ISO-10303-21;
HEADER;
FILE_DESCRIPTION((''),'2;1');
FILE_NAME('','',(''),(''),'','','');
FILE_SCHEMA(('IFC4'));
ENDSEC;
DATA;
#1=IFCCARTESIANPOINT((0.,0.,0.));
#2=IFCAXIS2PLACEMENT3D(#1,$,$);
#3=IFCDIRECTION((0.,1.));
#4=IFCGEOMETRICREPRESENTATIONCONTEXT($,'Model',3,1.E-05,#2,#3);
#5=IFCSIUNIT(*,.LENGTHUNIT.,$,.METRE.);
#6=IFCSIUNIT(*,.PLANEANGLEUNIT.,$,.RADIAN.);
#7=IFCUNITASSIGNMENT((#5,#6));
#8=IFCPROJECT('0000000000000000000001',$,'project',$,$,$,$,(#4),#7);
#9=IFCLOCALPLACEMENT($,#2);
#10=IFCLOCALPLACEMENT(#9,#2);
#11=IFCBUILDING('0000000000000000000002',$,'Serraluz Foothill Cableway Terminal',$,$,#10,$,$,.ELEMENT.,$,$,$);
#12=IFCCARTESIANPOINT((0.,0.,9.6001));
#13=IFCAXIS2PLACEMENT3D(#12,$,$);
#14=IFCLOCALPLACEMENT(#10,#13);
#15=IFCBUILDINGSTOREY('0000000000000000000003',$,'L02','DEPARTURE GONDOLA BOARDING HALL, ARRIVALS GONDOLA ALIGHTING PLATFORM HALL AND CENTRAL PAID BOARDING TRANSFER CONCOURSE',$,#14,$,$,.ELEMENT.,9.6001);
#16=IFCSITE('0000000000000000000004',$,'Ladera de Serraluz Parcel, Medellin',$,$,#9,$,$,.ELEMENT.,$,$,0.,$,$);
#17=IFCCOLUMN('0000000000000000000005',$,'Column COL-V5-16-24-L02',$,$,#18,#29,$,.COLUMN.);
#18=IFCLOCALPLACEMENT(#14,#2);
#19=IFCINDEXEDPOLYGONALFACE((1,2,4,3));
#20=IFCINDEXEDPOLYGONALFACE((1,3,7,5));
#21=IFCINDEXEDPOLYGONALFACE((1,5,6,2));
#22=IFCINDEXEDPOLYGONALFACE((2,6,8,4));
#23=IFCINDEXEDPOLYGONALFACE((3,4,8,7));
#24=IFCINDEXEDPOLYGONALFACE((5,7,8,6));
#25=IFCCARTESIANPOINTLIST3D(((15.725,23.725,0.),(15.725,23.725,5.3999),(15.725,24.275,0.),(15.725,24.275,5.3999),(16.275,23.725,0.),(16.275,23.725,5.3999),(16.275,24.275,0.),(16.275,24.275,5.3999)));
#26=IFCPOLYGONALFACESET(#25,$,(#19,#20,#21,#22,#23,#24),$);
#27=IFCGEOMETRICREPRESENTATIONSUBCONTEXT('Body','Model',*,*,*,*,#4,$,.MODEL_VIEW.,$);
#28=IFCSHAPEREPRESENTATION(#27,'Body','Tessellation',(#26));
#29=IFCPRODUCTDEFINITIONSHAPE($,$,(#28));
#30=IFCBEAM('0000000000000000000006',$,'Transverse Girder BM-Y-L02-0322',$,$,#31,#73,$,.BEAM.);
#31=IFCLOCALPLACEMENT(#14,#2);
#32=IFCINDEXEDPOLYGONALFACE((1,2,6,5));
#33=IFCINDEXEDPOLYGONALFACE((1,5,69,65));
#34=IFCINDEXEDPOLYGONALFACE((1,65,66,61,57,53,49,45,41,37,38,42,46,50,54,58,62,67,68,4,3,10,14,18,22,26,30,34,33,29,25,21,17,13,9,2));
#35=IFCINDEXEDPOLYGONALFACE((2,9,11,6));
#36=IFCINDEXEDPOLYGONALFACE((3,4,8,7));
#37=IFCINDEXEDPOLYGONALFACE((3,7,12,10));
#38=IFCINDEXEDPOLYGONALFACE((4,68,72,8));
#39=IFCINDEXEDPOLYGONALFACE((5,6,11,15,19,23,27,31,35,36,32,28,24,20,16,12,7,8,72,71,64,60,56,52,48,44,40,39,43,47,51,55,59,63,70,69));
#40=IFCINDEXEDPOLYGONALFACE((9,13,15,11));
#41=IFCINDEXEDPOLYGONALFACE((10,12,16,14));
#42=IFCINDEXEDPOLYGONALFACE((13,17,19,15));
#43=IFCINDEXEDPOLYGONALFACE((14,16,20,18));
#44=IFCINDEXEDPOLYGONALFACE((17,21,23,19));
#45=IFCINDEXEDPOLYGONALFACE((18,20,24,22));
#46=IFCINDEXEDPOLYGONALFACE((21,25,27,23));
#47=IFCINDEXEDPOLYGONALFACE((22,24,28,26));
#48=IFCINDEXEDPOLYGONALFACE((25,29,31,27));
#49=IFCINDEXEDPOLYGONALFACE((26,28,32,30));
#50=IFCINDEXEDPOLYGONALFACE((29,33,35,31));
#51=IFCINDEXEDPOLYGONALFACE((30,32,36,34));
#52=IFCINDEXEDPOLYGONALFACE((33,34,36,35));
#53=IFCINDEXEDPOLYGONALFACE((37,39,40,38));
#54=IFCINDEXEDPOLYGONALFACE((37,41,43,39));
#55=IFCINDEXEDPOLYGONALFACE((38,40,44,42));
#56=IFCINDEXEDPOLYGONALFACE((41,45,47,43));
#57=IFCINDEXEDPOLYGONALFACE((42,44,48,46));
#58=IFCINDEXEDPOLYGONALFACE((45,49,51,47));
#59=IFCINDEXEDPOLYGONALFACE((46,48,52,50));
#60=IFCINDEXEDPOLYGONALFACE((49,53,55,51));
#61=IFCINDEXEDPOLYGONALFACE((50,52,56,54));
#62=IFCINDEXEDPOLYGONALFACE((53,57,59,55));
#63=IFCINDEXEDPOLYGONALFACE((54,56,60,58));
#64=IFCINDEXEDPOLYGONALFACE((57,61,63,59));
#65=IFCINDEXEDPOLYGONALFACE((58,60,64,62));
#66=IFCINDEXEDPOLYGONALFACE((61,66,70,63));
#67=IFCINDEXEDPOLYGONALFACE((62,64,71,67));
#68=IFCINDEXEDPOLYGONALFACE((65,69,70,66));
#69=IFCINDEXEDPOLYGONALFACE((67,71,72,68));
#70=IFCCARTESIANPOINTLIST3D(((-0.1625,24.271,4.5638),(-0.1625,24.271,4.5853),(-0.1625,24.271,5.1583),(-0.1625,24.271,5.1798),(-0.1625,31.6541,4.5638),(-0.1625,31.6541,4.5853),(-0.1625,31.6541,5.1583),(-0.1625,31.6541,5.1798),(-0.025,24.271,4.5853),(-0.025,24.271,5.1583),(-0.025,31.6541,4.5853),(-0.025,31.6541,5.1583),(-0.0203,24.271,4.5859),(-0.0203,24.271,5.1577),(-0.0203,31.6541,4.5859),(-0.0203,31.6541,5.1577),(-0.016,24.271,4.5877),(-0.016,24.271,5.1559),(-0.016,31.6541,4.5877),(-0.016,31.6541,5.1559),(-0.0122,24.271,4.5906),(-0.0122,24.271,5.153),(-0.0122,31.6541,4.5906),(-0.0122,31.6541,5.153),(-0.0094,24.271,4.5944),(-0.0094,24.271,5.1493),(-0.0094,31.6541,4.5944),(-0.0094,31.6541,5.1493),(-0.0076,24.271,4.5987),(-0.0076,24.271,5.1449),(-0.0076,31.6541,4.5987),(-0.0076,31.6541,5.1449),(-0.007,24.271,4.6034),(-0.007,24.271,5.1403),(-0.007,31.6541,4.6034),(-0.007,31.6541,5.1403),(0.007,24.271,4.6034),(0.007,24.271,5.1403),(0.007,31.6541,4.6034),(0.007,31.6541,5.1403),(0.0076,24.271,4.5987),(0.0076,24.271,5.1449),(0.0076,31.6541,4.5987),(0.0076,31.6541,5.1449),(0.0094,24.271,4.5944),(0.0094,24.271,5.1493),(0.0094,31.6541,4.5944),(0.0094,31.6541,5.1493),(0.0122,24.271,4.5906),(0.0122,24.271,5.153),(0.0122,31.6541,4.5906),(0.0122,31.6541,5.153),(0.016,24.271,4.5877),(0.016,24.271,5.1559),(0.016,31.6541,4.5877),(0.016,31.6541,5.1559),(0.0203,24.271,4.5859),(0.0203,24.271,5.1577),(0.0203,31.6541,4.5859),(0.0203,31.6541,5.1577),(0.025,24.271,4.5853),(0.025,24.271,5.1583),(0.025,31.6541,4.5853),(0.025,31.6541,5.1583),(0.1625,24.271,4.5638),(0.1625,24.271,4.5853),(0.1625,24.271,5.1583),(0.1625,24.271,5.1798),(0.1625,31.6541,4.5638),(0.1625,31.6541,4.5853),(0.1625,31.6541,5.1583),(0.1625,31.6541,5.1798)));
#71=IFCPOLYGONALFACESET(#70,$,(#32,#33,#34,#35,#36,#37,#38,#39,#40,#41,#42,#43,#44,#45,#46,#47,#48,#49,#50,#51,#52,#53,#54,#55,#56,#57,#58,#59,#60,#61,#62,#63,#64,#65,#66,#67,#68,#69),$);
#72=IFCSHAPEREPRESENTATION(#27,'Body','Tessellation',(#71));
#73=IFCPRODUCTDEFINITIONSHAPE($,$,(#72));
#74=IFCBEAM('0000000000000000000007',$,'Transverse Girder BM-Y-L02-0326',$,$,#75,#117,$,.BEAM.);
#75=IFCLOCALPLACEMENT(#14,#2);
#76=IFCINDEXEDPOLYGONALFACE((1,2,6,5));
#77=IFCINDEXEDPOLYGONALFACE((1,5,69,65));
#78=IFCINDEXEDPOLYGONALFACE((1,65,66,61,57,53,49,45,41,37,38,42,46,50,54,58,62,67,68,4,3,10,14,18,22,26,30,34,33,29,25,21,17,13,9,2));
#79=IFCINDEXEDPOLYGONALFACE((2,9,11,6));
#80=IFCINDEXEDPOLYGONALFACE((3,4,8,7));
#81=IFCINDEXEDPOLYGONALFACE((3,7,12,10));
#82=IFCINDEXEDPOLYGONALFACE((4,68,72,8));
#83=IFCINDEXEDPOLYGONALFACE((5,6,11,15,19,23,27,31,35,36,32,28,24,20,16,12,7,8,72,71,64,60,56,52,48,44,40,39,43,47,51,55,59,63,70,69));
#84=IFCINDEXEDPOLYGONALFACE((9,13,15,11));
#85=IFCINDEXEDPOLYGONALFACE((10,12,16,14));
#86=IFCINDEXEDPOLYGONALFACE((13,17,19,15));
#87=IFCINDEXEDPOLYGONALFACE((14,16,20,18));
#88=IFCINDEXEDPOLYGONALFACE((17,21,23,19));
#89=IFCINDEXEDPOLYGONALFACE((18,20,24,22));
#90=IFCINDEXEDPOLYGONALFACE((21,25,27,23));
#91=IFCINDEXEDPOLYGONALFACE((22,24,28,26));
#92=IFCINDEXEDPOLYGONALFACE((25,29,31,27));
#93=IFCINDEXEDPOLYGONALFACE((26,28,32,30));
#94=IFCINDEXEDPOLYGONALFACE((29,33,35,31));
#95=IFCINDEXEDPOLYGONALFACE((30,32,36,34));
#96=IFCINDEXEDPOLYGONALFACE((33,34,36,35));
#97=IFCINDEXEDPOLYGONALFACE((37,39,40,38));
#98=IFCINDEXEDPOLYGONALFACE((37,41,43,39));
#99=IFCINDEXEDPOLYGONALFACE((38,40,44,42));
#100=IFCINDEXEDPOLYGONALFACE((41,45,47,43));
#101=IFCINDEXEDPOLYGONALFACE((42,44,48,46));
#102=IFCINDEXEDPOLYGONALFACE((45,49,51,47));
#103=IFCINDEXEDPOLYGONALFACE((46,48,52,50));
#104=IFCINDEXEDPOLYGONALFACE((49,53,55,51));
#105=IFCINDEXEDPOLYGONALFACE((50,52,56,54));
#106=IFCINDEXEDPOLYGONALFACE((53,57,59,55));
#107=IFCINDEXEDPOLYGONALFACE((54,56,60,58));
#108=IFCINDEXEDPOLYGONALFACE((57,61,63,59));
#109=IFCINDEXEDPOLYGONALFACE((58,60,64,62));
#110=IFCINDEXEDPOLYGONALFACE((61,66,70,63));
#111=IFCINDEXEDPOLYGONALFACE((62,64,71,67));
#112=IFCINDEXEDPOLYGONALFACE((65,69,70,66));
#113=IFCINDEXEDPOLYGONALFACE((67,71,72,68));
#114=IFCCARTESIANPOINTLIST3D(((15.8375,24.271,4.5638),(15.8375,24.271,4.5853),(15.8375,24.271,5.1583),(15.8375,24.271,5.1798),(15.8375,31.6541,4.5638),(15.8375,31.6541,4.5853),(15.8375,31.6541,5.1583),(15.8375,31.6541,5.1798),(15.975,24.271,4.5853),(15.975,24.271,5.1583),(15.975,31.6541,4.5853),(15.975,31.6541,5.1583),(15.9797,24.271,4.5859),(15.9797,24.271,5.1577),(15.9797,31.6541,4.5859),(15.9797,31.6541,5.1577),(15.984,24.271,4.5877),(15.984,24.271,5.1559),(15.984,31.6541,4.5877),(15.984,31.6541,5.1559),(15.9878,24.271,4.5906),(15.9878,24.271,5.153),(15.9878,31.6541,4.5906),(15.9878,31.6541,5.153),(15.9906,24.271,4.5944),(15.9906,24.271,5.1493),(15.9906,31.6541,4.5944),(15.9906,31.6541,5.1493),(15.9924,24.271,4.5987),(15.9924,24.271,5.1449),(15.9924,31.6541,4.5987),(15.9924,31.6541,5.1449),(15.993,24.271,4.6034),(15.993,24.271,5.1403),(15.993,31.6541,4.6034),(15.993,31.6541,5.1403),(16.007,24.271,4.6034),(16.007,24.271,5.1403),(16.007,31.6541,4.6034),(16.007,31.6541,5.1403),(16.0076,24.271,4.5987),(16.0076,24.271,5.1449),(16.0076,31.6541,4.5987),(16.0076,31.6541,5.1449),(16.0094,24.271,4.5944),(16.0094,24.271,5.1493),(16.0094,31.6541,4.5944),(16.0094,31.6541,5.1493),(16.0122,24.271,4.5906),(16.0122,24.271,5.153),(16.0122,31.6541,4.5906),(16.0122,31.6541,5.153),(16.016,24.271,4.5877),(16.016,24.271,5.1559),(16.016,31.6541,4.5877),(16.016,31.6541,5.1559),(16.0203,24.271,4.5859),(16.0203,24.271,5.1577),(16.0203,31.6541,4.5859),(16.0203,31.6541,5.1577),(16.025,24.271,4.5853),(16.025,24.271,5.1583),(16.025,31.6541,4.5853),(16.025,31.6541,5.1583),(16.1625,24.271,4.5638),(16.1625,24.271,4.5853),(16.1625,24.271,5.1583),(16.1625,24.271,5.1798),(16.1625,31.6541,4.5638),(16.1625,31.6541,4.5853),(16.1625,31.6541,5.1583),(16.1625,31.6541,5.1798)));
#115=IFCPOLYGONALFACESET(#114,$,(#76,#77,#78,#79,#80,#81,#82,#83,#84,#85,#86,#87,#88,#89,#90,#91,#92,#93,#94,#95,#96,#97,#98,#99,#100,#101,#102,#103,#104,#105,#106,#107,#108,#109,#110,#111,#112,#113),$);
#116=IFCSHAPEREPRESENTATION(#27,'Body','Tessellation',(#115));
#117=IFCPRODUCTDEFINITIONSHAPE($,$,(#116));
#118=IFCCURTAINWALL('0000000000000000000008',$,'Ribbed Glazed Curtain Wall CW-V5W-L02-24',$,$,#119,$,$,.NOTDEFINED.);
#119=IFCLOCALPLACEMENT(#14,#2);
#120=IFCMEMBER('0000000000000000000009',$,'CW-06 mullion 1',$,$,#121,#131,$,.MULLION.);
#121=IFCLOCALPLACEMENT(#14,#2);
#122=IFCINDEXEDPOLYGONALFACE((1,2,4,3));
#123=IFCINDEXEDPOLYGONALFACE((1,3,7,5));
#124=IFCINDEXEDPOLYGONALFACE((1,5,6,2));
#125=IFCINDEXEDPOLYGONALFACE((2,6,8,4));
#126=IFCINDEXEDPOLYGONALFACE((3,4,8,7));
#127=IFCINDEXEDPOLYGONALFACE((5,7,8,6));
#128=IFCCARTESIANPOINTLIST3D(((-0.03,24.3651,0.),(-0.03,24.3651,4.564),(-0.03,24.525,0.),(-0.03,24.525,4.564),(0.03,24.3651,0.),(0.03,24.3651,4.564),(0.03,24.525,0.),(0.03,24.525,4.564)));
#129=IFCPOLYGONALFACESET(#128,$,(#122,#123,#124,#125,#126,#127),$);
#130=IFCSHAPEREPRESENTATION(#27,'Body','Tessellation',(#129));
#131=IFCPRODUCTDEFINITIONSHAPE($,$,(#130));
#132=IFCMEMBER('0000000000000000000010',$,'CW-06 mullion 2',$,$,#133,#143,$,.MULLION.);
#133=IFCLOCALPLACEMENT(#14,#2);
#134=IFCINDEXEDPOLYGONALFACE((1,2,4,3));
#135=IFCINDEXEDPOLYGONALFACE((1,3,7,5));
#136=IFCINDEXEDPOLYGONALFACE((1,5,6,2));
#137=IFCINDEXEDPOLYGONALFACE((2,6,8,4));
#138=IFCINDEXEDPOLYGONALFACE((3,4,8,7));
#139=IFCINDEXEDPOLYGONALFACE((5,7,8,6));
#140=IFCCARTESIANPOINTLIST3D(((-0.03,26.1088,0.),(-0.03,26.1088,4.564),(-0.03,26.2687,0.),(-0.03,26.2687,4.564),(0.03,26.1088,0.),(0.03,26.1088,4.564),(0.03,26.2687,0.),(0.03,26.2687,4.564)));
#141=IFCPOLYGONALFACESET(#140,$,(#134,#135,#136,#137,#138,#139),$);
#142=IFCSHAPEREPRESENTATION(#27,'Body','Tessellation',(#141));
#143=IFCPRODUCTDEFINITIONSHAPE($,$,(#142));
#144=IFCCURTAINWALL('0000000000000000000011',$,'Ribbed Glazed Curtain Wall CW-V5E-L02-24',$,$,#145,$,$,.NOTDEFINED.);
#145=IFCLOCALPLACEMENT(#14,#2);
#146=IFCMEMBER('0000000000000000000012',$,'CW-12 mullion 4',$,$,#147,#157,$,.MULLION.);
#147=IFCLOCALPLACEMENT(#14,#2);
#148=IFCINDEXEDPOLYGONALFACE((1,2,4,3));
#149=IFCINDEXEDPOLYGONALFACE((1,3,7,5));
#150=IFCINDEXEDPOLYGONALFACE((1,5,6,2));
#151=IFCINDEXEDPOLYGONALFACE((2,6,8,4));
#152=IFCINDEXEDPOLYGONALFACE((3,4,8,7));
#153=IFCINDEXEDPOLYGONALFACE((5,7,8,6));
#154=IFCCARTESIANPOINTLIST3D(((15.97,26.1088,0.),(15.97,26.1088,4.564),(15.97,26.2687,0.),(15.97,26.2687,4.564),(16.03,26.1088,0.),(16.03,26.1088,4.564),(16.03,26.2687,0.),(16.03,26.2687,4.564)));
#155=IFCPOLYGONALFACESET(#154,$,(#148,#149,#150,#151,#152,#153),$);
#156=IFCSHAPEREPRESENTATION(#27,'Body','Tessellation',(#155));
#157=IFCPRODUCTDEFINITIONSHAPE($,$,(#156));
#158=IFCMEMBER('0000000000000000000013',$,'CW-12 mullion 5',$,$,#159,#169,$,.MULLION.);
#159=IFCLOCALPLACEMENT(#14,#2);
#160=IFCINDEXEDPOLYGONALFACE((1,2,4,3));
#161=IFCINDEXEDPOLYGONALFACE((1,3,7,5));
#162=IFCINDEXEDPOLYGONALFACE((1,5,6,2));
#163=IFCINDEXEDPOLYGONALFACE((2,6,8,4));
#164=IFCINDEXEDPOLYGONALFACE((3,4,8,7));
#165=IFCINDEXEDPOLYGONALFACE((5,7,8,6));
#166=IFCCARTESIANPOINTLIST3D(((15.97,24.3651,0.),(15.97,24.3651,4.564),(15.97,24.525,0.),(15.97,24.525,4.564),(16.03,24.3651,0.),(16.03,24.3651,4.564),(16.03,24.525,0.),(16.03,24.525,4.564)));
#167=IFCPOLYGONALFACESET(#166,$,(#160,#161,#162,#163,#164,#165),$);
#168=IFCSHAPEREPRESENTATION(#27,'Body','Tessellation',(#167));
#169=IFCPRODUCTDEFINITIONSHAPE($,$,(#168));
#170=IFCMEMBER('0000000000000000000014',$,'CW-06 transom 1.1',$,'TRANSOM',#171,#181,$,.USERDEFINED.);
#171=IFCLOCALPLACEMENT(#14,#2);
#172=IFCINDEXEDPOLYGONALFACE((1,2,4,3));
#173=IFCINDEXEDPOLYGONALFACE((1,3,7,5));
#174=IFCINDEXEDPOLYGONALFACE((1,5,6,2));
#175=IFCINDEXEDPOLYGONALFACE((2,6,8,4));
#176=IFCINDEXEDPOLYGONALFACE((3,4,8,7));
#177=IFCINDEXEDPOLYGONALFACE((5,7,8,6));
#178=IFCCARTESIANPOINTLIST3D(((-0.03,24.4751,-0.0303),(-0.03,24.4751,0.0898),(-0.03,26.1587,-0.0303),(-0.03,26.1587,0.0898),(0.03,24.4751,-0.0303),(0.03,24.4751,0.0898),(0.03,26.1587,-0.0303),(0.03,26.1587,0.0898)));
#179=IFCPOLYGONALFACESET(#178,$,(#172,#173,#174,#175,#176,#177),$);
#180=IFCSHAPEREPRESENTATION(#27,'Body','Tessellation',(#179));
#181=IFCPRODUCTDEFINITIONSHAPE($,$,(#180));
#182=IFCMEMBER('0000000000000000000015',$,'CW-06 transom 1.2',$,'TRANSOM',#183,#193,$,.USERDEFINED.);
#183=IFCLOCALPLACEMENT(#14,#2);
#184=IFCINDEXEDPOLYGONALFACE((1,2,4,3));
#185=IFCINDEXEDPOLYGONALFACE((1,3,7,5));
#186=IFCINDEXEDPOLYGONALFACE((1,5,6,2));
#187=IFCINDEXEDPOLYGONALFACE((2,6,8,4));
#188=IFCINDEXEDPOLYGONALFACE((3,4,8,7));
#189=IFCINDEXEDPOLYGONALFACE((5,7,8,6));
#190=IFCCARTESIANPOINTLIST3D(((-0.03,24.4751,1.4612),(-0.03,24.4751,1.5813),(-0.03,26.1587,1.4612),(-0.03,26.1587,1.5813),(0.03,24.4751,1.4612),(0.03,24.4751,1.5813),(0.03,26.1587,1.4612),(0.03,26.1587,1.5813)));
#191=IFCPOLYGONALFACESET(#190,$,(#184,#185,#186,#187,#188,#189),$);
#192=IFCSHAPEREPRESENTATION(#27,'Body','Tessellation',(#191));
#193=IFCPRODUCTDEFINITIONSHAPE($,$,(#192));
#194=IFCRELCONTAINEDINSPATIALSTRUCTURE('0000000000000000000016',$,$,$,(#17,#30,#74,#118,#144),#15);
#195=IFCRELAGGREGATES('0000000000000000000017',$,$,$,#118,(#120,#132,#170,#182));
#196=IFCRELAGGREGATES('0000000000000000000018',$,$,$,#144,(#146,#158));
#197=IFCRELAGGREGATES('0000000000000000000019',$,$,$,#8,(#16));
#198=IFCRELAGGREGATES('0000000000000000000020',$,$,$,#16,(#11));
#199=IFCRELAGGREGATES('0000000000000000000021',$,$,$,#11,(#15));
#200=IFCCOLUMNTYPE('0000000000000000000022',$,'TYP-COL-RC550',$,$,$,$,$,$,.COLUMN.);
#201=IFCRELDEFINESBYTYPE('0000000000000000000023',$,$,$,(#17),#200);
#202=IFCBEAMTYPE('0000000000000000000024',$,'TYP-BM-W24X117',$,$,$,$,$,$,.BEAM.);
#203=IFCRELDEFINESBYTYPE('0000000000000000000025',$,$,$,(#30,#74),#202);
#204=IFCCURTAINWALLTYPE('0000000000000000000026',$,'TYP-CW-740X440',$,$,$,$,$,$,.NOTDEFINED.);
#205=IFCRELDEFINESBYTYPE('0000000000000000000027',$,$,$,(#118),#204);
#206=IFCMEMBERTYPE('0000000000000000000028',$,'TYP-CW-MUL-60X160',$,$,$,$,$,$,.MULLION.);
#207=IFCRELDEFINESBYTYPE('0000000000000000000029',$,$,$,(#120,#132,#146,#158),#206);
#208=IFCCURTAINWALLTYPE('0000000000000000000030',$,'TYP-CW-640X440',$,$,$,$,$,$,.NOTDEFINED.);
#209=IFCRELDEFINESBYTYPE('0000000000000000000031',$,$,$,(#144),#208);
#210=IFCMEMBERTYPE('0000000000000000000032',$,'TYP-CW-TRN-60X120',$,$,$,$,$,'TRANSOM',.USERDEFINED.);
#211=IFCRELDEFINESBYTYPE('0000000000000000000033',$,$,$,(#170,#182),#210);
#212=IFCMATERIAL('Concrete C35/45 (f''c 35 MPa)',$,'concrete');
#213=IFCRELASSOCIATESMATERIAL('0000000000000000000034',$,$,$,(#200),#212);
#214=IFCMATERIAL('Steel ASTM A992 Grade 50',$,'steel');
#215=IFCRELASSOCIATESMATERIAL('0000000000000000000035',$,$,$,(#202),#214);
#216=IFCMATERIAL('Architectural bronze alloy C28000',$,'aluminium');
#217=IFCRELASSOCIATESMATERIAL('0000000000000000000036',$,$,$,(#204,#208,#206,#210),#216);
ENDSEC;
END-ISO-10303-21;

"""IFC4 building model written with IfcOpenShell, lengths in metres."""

from ifc_helpers import new_model, si_unit, direction, frame, origin, origin_2d, place, context, subcontext, project, spatial, rectangle, i_section, extrude, material, material_profile, profile_set, type_object, element, aggregate, save


model = new_model("IFC4")

# Units and contexts
model_context = context("Model", 3, precision=1e-05, world=origin(), true_north=direction((0.0, 1.0)))
body_context = subcontext(model_context, "Body", "Model", "MODEL_VIEW")
ifc_project = project(units=[si_unit("LENGTHUNIT", "METRE"), si_unit("PLANEANGLEUNIT", "RADIAN")], contexts=[model_context])

# Site, building, storey
site_placement = place(None, origin())
site = spatial("IfcSite", under=ifc_project, at=site_placement, Name="Ladera de Serraluz Parcel, Medellin", CompositionType="ELEMENT", RefElevation=0.0)
building_placement = place(site_placement, origin())
building = spatial("IfcBuilding", under=site, at=building_placement, Name="Serraluz Foothill Cableway Terminal", CompositionType="ELEMENT")
storey_placement = place(building_placement, frame((0.0, 0.0, 9.6001)))
storey = spatial("IfcBuildingStorey", under=building, at=storey_placement, Name="L02", Description="DEPARTURE GONDOLA BOARDING HALL, ARRIVALS GONDOLA ALIGHTING PLATFORM HALL AND CENTRAL PAID BOARDING TRANSFER CONCOURSE", CompositionType="ELEMENT", Elevation=9.6001)

# Column
ifc_material_1 = material(Name="Concrete C35/45 (f'c 35 MPa)", Category="concrete")
ifc_material_profile_1 = material_profile(ifc_material_1, rectangle(XDim=0.55, YDim=0.55, at=origin_2d()), Name="RC 550x550")
ifc_profile_set_1 = profile_set([ifc_material_profile_1], Name="Concrete C35/45 (f'c 35 MPa)")
column_type = type_object("IfcColumnType", Name="TYP-COL-RC550", PredefinedType="COLUMN", material=ifc_profile_set_1)
column_placement = place(storey_placement, frame((16.0, 24.0, 0.0), z_axis=(0.0, 0.0, 1.0), x_axis=(1.0, 0.0, 0.0)))
element("IfcColumn", 1, at=column_placement, inside=storey, type_object=column_type, Name="Column COL-V5-16-24-L02", PredefinedType="COLUMN", context=body_context, shape_type="SweptSolid", body=[
    extrude(rectangle(XDim=0.55, YDim=0.55, at=origin_2d()), origin(), (0.0, 0.0, 1.0), 5.3999),
])

# Beams
ifc_material_2 = material(Name="Steel ASTM A992 Grade 50", Category="steel")
ifc_material_profile_2 = material_profile(ifc_material_2, i_section(OverallWidth=0.325, OverallDepth=0.616, WebThickness=0.0139, FlangeThickness=0.0215, FilletRadius=0.0181, at=origin_2d()), Name="W24X117")
ifc_profile_set_2 = profile_set([ifc_material_profile_2], Name="Steel ASTM A992 Grade 50")
beam_type = type_object("IfcBeamType", Name="TYP-BM-W24X117", PredefinedType="BEAM", material=ifc_profile_set_2)
for number, where, z_axis, x_axis, name in (
    (2, (0.0, 24.271, 4.8718), (0.0, 1.0, 0.0), (-1.0, 0.0, 0.0), "Transverse Girder BM-Y-L02-0322"),
    (3, (16.0, 24.271, 4.8718), (0.0, 1.0, 0.0), (-1.0, 0.0, 0.0), "Transverse Girder BM-Y-L02-0326"),
):
    element("IfcBeam", number, at=place(storey_placement, frame(where, z_axis=z_axis, x_axis=x_axis)), inside=storey, type_object=beam_type, Name=name, PredefinedType="BEAM", context=body_context, shape_type="SweptSolid", body=[
        extrude(i_section(OverallWidth=0.325, OverallDepth=0.616, WebThickness=0.0139, FlangeThickness=0.0215, FilletRadius=0.0181, at=origin_2d()), origin(), (0.0, 0.0, 1.0), 7.3831),
    ])

# Curtain walls, members
ifc_material_3 = material(Name="Architectural bronze alloy C28000", Category="aluminium")
curtain_wall_type_1 = type_object("IfcCurtainWallType", Name="TYP-CW-740X440", PredefinedType="NOTDEFINED", material=ifc_material_3)
curtain_wall_1_placement = place(storey_placement, origin())
curtain_wall_1 = element("IfcCurtainWall", 4, at=curtain_wall_1_placement, inside=storey, type_object=curtain_wall_type_1, Name="Ribbed Glazed Curtain Wall CW-V5W-L02-24", PredefinedType="NOTDEFINED")
ifc_material_profile_3 = material_profile(ifc_material_3, rectangle(XDim=0.0601, YDim=0.1599, at=origin_2d()), Name="ALU MULLION 60x160")
ifc_profile_set_3 = profile_set([ifc_material_profile_3], Name="Architectural bronze alloy C28000")
member_type_1 = type_object("IfcMemberType", Name="TYP-CW-MUL-60X160", PredefinedType="MULLION", material=ifc_profile_set_3)
member_1_placement = place(storey_placement, frame((0.0, 24.4451, 0.0), z_axis=(0.0, 0.0, 1.0), x_axis=(-1.0, 0.0, 0.0)))
member_1 = element("IfcMember", 5, at=member_1_placement, type_object=member_type_1, Name="CW-06 mullion 1", PredefinedType="MULLION", context=body_context, shape_type="SweptSolid", body=[
    extrude(rectangle(XDim=0.0601, YDim=0.1599, at=origin_2d()), origin(), (0.0, 0.0, 1.0), 4.564),
])
member_2_placement = place(storey_placement, frame((0.0, 26.1887, 0.0), z_axis=(0.0, 0.0, 1.0), x_axis=(-1.0, 0.0, 0.0)))
member_2 = element("IfcMember", 6, at=member_2_placement, type_object=member_type_1, Name="CW-06 mullion 2", PredefinedType="MULLION", context=body_context, shape_type="SweptSolid", body=[
    extrude(rectangle(XDim=0.0601, YDim=0.1599, at=origin_2d()), origin(), (0.0, 0.0, 1.0), 4.564),
])
curtain_wall_type_2 = type_object("IfcCurtainWallType", Name="TYP-CW-640X440", PredefinedType="NOTDEFINED", material=ifc_material_3)
curtain_wall_2_placement = place(storey_placement, origin())
curtain_wall_2 = element("IfcCurtainWall", 7, at=curtain_wall_2_placement, inside=storey, type_object=curtain_wall_type_2, Name="Ribbed Glazed Curtain Wall CW-V5E-L02-24", PredefinedType="NOTDEFINED")
member_3_placement = place(storey_placement, frame((16.0, 26.1887, 0.0), z_axis=(0.0, 0.0, 1.0), x_axis=(1.0, 0.0, 0.0)))
member_3 = element("IfcMember", 8, at=member_3_placement, type_object=member_type_1, Name="CW-12 mullion 4", PredefinedType="MULLION", context=body_context, shape_type="SweptSolid", body=[
    extrude(rectangle(XDim=0.0601, YDim=0.1599, at=origin_2d()), origin(), (0.0, 0.0, 1.0), 4.564),
])
member_4_placement = place(storey_placement, frame((16.0, 24.4451, 0.0), z_axis=(0.0, 0.0, 1.0), x_axis=(1.0, 0.0, 0.0)))
member_4 = element("IfcMember", 9, at=member_4_placement, type_object=member_type_1, Name="CW-12 mullion 5", PredefinedType="MULLION", context=body_context, shape_type="SweptSolid", body=[
    extrude(rectangle(XDim=0.0601, YDim=0.1599, at=origin_2d()), origin(), (0.0, 0.0, 1.0), 4.564),
])

# Members
ifc_material_profile_4 = material_profile(ifc_material_3, rectangle(XDim=0.0601, YDim=0.1201, at=origin_2d()), Name="ALU TRANSOM 60x120")
ifc_profile_set_4 = profile_set([ifc_material_profile_4], Name="Architectural bronze alloy C28000")
member_type_2 = type_object("IfcMemberType", Name="TYP-CW-TRN-60X120", ElementType="TRANSOM", PredefinedType="USERDEFINED", material=ifc_profile_set_4)
member_5_placement = place(storey_placement, frame((0.0, 24.4751, 0.0298), z_axis=(0.0, 1.0, 0.0), x_axis=(-1.0, 0.0, 0.0)))
member_5 = element("IfcMember", 10, at=member_5_placement, type_object=member_type_2, Name="CW-06 transom 1.1", ObjectType="TRANSOM", PredefinedType="USERDEFINED", context=body_context, shape_type="SweptSolid", body=[
    extrude(rectangle(XDim=0.0601, YDim=0.1201, at=origin_2d()), origin(), (0.0, 0.0, 1.0), 1.6836),
])
member_6_placement = place(storey_placement, frame((0.0, 24.4751, 1.5212), z_axis=(0.0, 1.0, 0.0), x_axis=(-1.0, 0.0, 0.0)))
member_6 = element("IfcMember", 11, at=member_6_placement, type_object=member_type_2, Name="CW-06 transom 1.2", ObjectType="TRANSOM", PredefinedType="USERDEFINED", context=body_context, shape_type="SweptSolid", body=[
    extrude(rectangle(XDim=0.0601, YDim=0.1201, at=origin_2d()), origin(), (0.0, 0.0, 1.0), 1.6836),
])

aggregate(curtain_wall_1, [member_1, member_2, member_5, member_6])
aggregate(curtain_wall_2, [member_3, member_4])

save(model, "model.ifc")
